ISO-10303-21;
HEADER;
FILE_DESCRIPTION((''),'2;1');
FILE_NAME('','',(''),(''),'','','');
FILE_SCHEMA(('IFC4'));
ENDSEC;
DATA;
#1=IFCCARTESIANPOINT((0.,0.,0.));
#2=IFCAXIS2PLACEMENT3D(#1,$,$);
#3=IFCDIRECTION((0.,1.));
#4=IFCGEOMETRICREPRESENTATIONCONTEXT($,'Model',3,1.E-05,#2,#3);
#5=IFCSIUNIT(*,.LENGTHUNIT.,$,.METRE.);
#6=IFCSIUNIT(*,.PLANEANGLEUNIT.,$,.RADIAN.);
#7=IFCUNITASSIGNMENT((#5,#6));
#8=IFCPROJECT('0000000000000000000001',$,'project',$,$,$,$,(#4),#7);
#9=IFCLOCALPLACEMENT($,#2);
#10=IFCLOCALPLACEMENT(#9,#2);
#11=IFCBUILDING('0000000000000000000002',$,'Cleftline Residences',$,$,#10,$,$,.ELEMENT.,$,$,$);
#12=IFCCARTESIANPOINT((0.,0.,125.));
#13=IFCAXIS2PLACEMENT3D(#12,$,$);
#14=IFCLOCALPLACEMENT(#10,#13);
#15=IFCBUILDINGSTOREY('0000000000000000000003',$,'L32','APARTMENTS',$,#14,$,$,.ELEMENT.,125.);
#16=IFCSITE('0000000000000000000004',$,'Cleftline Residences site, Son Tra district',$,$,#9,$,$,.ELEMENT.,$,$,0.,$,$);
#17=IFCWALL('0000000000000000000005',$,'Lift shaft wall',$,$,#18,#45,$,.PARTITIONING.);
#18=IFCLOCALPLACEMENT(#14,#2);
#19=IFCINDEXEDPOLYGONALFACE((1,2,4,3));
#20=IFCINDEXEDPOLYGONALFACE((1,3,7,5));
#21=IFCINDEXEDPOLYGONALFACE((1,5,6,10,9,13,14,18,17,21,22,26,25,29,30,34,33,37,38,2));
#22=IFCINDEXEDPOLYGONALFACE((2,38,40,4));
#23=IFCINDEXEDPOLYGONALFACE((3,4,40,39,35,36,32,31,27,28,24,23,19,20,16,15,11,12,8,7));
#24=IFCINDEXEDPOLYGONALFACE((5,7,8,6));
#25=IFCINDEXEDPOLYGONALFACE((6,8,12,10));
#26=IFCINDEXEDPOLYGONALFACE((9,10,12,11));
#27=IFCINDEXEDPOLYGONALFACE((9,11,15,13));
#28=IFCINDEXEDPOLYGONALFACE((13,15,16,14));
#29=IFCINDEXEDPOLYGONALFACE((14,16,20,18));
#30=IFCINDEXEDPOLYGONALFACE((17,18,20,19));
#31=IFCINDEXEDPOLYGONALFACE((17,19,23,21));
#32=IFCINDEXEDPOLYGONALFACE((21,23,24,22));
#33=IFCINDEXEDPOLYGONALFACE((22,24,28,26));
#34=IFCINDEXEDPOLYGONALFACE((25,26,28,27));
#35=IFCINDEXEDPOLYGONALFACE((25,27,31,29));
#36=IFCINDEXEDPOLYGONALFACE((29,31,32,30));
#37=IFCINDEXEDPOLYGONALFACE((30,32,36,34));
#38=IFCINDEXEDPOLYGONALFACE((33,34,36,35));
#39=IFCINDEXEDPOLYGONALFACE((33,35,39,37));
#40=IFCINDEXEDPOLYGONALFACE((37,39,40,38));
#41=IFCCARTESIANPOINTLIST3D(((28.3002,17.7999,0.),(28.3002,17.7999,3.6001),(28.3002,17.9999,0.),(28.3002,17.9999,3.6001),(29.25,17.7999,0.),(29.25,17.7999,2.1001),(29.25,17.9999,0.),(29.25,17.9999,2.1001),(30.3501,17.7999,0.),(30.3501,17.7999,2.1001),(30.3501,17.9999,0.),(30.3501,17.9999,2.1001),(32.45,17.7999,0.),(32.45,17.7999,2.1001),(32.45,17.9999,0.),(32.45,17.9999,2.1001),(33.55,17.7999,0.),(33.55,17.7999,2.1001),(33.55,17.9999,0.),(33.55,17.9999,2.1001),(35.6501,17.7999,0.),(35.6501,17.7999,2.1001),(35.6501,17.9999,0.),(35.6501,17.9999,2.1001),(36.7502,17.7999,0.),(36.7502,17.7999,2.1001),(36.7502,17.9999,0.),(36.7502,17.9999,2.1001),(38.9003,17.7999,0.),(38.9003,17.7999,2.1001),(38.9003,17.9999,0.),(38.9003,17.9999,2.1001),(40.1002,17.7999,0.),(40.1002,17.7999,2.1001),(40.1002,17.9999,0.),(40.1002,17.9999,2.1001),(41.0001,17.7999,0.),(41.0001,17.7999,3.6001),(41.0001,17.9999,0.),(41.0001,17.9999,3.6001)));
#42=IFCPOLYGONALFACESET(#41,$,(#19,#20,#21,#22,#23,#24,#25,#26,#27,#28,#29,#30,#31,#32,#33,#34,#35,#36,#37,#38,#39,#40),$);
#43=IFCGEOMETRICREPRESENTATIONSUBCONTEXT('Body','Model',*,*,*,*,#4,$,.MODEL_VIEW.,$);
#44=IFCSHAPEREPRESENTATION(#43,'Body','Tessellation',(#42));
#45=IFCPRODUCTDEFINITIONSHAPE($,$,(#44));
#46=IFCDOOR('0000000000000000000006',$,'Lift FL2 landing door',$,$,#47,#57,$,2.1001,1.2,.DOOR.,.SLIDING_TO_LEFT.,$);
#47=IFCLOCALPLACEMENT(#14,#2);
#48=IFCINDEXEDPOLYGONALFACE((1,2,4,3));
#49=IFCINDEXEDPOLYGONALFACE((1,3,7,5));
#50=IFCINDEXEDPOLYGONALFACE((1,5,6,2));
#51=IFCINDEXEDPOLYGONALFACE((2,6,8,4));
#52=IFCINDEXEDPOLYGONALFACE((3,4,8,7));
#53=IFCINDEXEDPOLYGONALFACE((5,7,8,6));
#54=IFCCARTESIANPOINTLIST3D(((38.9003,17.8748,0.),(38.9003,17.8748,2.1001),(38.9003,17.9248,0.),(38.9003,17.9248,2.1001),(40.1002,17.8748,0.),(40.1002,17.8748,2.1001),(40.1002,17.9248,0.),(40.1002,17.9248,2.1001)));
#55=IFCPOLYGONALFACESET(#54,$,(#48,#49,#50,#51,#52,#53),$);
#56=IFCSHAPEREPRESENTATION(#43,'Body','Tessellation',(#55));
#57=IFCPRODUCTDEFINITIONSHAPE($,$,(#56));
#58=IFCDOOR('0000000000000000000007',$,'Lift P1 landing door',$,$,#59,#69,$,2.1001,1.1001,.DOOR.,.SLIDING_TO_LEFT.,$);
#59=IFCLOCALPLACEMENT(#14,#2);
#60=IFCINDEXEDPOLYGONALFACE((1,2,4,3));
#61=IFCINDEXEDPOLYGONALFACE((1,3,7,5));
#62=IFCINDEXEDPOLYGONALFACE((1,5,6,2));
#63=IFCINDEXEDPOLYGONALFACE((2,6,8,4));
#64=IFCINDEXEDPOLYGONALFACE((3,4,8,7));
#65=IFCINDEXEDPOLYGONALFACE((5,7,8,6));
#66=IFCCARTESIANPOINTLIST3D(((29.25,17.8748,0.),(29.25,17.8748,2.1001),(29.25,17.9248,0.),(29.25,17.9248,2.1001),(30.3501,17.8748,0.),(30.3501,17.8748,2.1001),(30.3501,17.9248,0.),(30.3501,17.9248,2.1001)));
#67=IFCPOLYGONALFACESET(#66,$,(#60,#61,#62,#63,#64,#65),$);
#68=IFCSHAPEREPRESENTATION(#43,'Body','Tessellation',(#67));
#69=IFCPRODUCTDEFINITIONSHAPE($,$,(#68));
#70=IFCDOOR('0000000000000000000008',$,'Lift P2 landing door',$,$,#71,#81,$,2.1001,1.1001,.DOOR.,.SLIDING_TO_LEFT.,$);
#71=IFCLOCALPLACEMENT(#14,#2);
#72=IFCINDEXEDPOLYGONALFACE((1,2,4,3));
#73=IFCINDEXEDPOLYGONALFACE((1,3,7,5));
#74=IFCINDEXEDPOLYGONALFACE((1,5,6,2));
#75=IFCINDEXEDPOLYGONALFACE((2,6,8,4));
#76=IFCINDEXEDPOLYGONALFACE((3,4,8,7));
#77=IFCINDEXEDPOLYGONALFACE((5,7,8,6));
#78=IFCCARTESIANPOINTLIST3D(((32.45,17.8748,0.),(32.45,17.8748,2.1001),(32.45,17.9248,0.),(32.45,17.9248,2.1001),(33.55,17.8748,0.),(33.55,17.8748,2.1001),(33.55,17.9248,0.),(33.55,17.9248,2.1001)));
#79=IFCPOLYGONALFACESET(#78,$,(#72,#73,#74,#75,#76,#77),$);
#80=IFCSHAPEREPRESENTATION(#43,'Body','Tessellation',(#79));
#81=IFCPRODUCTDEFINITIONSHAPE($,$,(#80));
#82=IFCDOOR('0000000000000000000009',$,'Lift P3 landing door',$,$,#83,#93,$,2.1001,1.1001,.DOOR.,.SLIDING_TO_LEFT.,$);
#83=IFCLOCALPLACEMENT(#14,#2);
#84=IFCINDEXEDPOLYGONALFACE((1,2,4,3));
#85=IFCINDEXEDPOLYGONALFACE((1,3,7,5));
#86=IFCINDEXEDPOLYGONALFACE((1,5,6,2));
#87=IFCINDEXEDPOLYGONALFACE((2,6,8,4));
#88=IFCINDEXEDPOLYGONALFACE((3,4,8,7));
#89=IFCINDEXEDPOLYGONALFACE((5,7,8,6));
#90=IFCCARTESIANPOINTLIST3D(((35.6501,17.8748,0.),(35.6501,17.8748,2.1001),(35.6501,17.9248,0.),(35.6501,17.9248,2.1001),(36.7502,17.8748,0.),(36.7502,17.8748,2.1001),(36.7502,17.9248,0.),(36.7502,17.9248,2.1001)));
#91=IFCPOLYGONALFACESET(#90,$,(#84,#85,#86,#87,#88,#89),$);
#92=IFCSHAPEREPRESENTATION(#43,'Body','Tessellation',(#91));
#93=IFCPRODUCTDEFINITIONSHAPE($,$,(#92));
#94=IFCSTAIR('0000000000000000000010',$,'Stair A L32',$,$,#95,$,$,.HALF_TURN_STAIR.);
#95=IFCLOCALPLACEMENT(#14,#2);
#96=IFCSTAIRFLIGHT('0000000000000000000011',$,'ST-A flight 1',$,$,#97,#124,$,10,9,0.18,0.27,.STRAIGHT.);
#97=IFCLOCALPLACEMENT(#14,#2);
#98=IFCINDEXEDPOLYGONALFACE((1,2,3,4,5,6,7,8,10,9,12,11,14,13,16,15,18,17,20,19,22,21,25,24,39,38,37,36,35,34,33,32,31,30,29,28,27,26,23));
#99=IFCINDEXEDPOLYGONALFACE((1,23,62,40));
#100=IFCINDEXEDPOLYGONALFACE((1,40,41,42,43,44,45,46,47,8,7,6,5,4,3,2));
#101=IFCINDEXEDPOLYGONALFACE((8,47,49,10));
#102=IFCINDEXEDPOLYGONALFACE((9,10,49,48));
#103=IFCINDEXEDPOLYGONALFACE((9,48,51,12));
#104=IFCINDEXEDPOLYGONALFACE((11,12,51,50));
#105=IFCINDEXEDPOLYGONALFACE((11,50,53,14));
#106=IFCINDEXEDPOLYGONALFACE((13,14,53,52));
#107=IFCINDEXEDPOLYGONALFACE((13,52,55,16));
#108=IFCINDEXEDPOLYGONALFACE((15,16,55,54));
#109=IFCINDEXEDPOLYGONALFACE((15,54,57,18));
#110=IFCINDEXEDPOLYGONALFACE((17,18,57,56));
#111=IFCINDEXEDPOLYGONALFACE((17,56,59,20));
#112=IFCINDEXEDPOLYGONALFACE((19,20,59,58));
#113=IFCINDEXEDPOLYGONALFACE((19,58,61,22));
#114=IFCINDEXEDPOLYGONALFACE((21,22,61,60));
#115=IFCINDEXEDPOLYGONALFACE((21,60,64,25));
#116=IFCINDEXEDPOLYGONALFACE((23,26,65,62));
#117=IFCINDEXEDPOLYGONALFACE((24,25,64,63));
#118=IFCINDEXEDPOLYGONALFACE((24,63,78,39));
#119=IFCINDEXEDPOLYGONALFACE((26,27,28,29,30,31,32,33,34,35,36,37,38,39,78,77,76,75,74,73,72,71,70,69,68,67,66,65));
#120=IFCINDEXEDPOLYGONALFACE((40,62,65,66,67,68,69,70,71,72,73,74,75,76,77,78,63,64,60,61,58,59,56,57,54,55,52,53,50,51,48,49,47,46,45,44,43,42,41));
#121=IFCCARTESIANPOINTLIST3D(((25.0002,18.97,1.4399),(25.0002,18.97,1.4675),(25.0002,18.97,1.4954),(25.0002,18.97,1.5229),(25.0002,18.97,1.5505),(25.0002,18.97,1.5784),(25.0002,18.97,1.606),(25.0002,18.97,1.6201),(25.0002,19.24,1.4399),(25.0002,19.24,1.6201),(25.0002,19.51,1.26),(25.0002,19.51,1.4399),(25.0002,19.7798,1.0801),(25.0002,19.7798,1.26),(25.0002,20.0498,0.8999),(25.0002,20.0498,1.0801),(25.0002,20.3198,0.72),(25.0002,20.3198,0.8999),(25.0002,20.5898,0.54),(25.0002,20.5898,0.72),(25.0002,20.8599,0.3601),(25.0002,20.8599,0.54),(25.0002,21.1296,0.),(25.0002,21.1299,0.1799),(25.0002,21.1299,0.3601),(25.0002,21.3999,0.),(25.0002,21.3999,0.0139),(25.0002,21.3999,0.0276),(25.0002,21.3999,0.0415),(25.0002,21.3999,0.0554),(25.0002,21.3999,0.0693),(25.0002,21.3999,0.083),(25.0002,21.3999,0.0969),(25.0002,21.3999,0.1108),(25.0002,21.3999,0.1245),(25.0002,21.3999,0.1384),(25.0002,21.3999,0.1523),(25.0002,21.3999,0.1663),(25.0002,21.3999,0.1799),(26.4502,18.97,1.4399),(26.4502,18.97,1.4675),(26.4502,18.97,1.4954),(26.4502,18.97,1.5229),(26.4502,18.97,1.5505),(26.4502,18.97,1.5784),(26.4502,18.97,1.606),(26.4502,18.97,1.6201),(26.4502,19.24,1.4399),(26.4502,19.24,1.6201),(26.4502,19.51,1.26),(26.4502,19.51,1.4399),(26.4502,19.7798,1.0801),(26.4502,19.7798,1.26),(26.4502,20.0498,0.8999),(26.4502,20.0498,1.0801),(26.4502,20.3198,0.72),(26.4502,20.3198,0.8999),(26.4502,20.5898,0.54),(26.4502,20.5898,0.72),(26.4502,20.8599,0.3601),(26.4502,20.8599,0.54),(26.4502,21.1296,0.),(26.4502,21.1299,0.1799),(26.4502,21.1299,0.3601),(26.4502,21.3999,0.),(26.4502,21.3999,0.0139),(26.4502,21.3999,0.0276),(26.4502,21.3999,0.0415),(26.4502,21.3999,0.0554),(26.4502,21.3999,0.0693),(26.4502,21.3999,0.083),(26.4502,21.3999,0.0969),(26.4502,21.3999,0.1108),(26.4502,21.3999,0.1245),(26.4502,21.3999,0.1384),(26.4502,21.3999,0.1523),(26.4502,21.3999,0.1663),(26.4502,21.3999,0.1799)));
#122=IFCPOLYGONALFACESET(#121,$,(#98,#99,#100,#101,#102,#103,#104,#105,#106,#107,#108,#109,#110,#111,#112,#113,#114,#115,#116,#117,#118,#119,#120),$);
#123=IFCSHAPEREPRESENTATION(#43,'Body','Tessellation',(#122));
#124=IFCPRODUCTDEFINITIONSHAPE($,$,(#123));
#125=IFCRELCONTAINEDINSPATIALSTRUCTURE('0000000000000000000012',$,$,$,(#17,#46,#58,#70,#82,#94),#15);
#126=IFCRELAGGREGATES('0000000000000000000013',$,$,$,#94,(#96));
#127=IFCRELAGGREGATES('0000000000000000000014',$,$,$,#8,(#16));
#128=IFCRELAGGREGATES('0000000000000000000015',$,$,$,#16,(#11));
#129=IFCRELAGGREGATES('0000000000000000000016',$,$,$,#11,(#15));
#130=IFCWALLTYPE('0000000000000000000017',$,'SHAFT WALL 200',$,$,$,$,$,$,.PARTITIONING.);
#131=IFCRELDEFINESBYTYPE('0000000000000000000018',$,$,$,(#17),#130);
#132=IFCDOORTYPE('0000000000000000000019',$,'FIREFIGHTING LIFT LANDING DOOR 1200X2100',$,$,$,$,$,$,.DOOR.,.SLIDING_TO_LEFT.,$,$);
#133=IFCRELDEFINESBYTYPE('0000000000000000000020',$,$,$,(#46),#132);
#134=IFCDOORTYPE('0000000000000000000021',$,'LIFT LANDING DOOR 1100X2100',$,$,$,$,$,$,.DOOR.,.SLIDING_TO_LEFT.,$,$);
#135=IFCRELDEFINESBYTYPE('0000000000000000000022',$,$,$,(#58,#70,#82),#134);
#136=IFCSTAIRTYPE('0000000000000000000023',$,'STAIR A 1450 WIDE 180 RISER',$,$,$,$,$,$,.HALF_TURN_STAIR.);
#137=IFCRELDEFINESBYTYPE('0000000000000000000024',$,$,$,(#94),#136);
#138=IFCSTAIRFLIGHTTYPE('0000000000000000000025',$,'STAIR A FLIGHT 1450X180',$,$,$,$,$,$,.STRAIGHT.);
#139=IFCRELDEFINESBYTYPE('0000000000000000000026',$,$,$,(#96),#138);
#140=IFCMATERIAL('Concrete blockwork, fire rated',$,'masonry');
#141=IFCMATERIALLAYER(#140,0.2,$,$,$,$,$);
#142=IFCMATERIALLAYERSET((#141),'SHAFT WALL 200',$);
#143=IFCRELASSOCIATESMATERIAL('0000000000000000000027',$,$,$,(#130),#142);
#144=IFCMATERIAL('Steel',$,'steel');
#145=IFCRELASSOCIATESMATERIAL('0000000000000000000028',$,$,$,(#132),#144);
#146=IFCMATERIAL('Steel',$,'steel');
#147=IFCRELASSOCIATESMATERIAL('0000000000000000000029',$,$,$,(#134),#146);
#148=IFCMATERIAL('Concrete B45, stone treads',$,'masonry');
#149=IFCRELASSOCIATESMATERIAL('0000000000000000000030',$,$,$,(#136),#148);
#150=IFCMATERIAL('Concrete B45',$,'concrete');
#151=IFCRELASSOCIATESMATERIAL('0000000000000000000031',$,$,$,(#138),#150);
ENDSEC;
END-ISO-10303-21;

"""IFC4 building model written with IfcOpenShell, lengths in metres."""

from ifc_helpers import new_model, si_unit, direction, frame, frame_2d, origin, place, context, subcontext, project, spatial, polyline, rectangle, outline, extrude, material, layer, layer_set, type_object, element, fill, aggregate, save


model = new_model("IFC4")

# Units and contexts
model_context = context("Model", 3, precision=1e-05, world=origin(), true_north=direction((0.0, 1.0)))
body_context = subcontext(model_context, "Body", "Model", "MODEL_VIEW")
ifc_project = project(units=[si_unit("LENGTHUNIT", "METRE"), si_unit("PLANEANGLEUNIT", "RADIAN")], contexts=[model_context])

# Site, building, storey
site_placement = place(None, origin())
site = spatial("IfcSite", under=ifc_project, at=site_placement, Name="Cleftline Residences site, Son Tra district", CompositionType="ELEMENT", RefElevation=0.0)
building_placement = place(site_placement, origin())
building = spatial("IfcBuilding", under=site, at=building_placement, Name="Cleftline Residences", CompositionType="ELEMENT")
storey_placement = place(building_placement, frame((0.0, 0.0, 125.0)))
storey = spatial("IfcBuildingStorey", under=building, at=storey_placement, Name="L32", Description="APARTMENTS", CompositionType="ELEMENT", Elevation=125.0)

# Wall, openings, doors
ifc_material_1 = material(Name="Concrete blockwork, fire rated", Category="masonry")
ifc_layer_1 = layer(ifc_material_1, 0.2)
ifc_layer_set_1 = layer_set([ifc_layer_1], Name="SHAFT WALL 200")
wall_type_1 = type_object("IfcWallType", Name="SHAFT WALL 200", PredefinedType="PARTITIONING", material=ifc_layer_set_1)
wall_1_placement = place(storey_placement, frame((28.3, 17.8999, 0.0), z_axis=(0.0, 0.0, 1.0), x_axis=(1.0, 0.0, 0.0)))
wall_1 = element("IfcWall", 1, at=wall_1_placement, inside=storey, type_object=wall_type_1, Name="Lift shaft wall", PredefinedType="PARTITIONING", context=body_context, shape_type="SweptSolid", body=[
    extrude(rectangle(XDim=12.7, YDim=0.2, at=frame_2d((6.3501, 0.0))), origin(), (0.0, 0.0, 1.0), 3.6001),
])
opening_1_placement = place(wall_1_placement, frame((0.95, 0.0, 0.0)))
opening_1 = element("IfcOpeningElement", 2, at=opening_1_placement, cuts=wall_1, PredefinedType="OPENING", context=body_context, shape_type="SweptSolid", body=[
    extrude(rectangle(XDim=1.1001, YDim=2.1001, at=frame_2d((0.55, 1.05))), frame((0.0, 0.1099, 0.0), z_axis=(0.0, -1.0, 0.0), x_axis=(1.0, 0.0, 0.0)), (0.0, 0.0, 1.0), 0.22),
])
opening_2_placement = place(wall_1_placement, frame((4.1499, 0.0, 0.0)))
opening_2 = element("IfcOpeningElement", 3, at=opening_2_placement, cuts=wall_1, PredefinedType="OPENING", context=body_context, shape_type="SweptSolid", body=[
    extrude(rectangle(XDim=1.1001, YDim=2.1001, at=frame_2d((0.55, 1.05))), frame((0.0, 0.1099, 0.0), z_axis=(0.0, -1.0, 0.0), x_axis=(1.0, 0.0, 0.0)), (0.0, 0.0, 1.0), 0.22),
])
opening_3_placement = place(wall_1_placement, frame((7.3501, 0.0, 0.0)))
opening_3 = element("IfcOpeningElement", 4, at=opening_3_placement, cuts=wall_1, PredefinedType="OPENING", context=body_context, shape_type="SweptSolid", body=[
    extrude(rectangle(XDim=1.1001, YDim=2.1001, at=frame_2d((0.55, 1.05))), frame((0.0, 0.1099, 0.0), z_axis=(0.0, -1.0, 0.0), x_axis=(1.0, 0.0, 0.0)), (0.0, 0.0, 1.0), 0.22),
])
opening_4_placement = place(wall_1_placement, frame((10.6001, 0.0, 0.0)))
opening_4 = element("IfcOpeningElement", 5, at=opening_4_placement, cuts=wall_1, PredefinedType="OPENING", context=body_context, shape_type="SweptSolid", body=[
    extrude(rectangle(XDim=1.2, YDim=2.1001, at=frame_2d((0.6001, 1.05))), frame((0.0, 0.1099, 0.0), z_axis=(0.0, -1.0, 0.0), x_axis=(1.0, 0.0, 0.0)), (0.0, 0.0, 1.0), 0.22),
])
ifc_material_2 = material(Name="Steel", Category="steel")
door_type_1 = type_object("IfcDoorType", Name="FIREFIGHTING LIFT LANDING DOOR 1200X2100", OperationType="SLIDING_TO_LEFT", PredefinedType="DOOR", material=ifc_material_2)
door_1_placement = place(opening_4_placement, origin())
door_1 = element("IfcDoor", 6, at=door_1_placement, inside=storey, type_object=door_type_1, Name="Lift FL2 landing door", OperationType="SLIDING_TO_LEFT", OverallHeight=2.1001, OverallWidth=1.2, PredefinedType="DOOR", context=body_context, shape_type="SweptSolid", body=[
    extrude(rectangle(XDim=1.2, YDim=2.1001, at=frame_2d((0.6001, 1.05))), frame((0.0, 0.0249, 0.0), z_axis=(0.0, -1.0, 0.0), x_axis=(1.0, 0.0, 0.0)), (0.0, 0.0, 1.0), 0.05),
])
fill(opening_4, door_1)
ifc_material_3 = material(Name="Steel", Category="steel")
door_type_2 = type_object("IfcDoorType", Name="LIFT LANDING DOOR 1100X2100", OperationType="SLIDING_TO_LEFT", PredefinedType="DOOR", material=ifc_material_3)
door_2_placement = place(opening_1_placement, origin())
door_2 = element("IfcDoor", 7, at=door_2_placement, inside=storey, type_object=door_type_2, Name="Lift P1 landing door", OperationType="SLIDING_TO_LEFT", OverallHeight=2.1001, OverallWidth=1.1001, PredefinedType="DOOR", context=body_context, shape_type="SweptSolid", body=[
    extrude(rectangle(XDim=1.1001, YDim=2.1001, at=frame_2d((0.55, 1.05))), frame((0.0, 0.0249, 0.0), z_axis=(0.0, -1.0, 0.0), x_axis=(1.0, 0.0, 0.0)), (0.0, 0.0, 1.0), 0.05),
])
fill(opening_1, door_2)
door_3_placement = place(opening_2_placement, origin())
door_3 = element("IfcDoor", 8, at=door_3_placement, inside=storey, type_object=door_type_2, Name="Lift P2 landing door", OperationType="SLIDING_TO_LEFT", OverallHeight=2.1001, OverallWidth=1.1001, PredefinedType="DOOR", context=body_context, shape_type="SweptSolid", body=[
    extrude(rectangle(XDim=1.1001, YDim=2.1001, at=frame_2d((0.55, 1.05))), frame((0.0, 0.0249, 0.0), z_axis=(0.0, -1.0, 0.0), x_axis=(1.0, 0.0, 0.0)), (0.0, 0.0, 1.0), 0.05),
])
fill(opening_2, door_3)
door_4_placement = place(opening_3_placement, origin())
door_4 = element("IfcDoor", 9, at=door_4_placement, inside=storey, type_object=door_type_2, Name="Lift P3 landing door", OperationType="SLIDING_TO_LEFT", OverallHeight=2.1001, OverallWidth=1.1001, PredefinedType="DOOR", context=body_context, shape_type="SweptSolid", body=[
    extrude(rectangle(XDim=1.1001, YDim=2.1001, at=frame_2d((0.55, 1.05))), frame((0.0, 0.0249, 0.0), z_axis=(0.0, -1.0, 0.0), x_axis=(1.0, 0.0, 0.0)), (0.0, 0.0, 1.0), 0.05),
])
fill(opening_3, door_4)

# Stair, stair flight
ifc_material_4 = material(Name="Concrete B45, stone treads", Category="masonry")
stair_type = type_object("IfcStairType", Name="STAIR A 1450 WIDE 180 RISER", PredefinedType="HALF_TURN_STAIR", material=ifc_material_4)
stair_placement = place(storey_placement, origin())
stair = element("IfcStair", 10, at=stair_placement, inside=storey, type_object=stair_type, Name="Stair A L32", PredefinedType="HALF_TURN_STAIR")
ifc_material_5 = material(Name="Concrete B45", Category="concrete")
stair_flight_type = type_object("IfcStairFlightType", Name="STAIR A FLIGHT 1450X180", PredefinedType="STRAIGHT", material=ifc_material_5)
stair_flight_1_placement = place(storey_placement, frame((25.7251, 21.3999, 0.0), z_axis=(0.0, 0.0, 1.0), x_axis=(0.0, -1.0, 0.0)))
stair_flight_1 = element("IfcStairFlight", 11, at=stair_flight_1_placement, type_object=stair_flight_type, Name="ST-A flight 1", NumberOfRisers=10, NumberOfTreads=9, PredefinedType="STRAIGHT", RiserHeight=0.18, TreadLength=0.27, context=body_context, shape_type="SweptSolid", body=[
    extrude(outline(polyline([(0.0, 0.0), (0.0, 0.0139), (0.0, 0.0276), (0.0, 0.0415), (0.0, 0.0554), (0.0, 0.0693), (0.0, 0.083), (0.0, 0.0969), (0.0, 0.1108), (0.0, 0.1245), (0.0, 0.1384), (0.0, 0.1523), (0.0, 0.1663), (0.0, 0.1799), (0.27, 0.1799), (0.27, 0.3601), (0.54, 0.3601), (0.54, 0.54), (0.8101, 0.54), (0.8101, 0.72), (1.0801, 0.72), (1.0801, 0.8999), (1.3501, 0.8999), (1.3501, 1.0801), (1.6201, 1.0801), (1.6201, 1.26), (1.8899, 1.26), (1.8899, 1.4399), (2.1599, 1.4399), (2.1599, 1.6201), (2.4299, 1.6201), (2.4299, 1.8), (2.4299, 1.7722), (2.4299, 1.7446), (2.4299, 1.7168), (2.4299, 1.6892), (2.4299, 1.6614), (2.4299, 1.6338), (2.4299, 1.606), (2.4299, 1.5784), (2.4299, 1.5505), (2.4299, 1.5229), (2.4299, 1.4954), (2.4299, 1.4675), (2.4299, 1.4399), (0.2703, 0.0), (0.0, 0.0)])), frame((0.0, 0.7251, 0.0), z_axis=(0.0, -1.0, 0.0), x_axis=(1.0, 0.0, 0.0)), (0.0, 0.0, 1.0), 1.45),
])
aggregate(stair, [stair_flight_1])

save(model, "model.ifc")
